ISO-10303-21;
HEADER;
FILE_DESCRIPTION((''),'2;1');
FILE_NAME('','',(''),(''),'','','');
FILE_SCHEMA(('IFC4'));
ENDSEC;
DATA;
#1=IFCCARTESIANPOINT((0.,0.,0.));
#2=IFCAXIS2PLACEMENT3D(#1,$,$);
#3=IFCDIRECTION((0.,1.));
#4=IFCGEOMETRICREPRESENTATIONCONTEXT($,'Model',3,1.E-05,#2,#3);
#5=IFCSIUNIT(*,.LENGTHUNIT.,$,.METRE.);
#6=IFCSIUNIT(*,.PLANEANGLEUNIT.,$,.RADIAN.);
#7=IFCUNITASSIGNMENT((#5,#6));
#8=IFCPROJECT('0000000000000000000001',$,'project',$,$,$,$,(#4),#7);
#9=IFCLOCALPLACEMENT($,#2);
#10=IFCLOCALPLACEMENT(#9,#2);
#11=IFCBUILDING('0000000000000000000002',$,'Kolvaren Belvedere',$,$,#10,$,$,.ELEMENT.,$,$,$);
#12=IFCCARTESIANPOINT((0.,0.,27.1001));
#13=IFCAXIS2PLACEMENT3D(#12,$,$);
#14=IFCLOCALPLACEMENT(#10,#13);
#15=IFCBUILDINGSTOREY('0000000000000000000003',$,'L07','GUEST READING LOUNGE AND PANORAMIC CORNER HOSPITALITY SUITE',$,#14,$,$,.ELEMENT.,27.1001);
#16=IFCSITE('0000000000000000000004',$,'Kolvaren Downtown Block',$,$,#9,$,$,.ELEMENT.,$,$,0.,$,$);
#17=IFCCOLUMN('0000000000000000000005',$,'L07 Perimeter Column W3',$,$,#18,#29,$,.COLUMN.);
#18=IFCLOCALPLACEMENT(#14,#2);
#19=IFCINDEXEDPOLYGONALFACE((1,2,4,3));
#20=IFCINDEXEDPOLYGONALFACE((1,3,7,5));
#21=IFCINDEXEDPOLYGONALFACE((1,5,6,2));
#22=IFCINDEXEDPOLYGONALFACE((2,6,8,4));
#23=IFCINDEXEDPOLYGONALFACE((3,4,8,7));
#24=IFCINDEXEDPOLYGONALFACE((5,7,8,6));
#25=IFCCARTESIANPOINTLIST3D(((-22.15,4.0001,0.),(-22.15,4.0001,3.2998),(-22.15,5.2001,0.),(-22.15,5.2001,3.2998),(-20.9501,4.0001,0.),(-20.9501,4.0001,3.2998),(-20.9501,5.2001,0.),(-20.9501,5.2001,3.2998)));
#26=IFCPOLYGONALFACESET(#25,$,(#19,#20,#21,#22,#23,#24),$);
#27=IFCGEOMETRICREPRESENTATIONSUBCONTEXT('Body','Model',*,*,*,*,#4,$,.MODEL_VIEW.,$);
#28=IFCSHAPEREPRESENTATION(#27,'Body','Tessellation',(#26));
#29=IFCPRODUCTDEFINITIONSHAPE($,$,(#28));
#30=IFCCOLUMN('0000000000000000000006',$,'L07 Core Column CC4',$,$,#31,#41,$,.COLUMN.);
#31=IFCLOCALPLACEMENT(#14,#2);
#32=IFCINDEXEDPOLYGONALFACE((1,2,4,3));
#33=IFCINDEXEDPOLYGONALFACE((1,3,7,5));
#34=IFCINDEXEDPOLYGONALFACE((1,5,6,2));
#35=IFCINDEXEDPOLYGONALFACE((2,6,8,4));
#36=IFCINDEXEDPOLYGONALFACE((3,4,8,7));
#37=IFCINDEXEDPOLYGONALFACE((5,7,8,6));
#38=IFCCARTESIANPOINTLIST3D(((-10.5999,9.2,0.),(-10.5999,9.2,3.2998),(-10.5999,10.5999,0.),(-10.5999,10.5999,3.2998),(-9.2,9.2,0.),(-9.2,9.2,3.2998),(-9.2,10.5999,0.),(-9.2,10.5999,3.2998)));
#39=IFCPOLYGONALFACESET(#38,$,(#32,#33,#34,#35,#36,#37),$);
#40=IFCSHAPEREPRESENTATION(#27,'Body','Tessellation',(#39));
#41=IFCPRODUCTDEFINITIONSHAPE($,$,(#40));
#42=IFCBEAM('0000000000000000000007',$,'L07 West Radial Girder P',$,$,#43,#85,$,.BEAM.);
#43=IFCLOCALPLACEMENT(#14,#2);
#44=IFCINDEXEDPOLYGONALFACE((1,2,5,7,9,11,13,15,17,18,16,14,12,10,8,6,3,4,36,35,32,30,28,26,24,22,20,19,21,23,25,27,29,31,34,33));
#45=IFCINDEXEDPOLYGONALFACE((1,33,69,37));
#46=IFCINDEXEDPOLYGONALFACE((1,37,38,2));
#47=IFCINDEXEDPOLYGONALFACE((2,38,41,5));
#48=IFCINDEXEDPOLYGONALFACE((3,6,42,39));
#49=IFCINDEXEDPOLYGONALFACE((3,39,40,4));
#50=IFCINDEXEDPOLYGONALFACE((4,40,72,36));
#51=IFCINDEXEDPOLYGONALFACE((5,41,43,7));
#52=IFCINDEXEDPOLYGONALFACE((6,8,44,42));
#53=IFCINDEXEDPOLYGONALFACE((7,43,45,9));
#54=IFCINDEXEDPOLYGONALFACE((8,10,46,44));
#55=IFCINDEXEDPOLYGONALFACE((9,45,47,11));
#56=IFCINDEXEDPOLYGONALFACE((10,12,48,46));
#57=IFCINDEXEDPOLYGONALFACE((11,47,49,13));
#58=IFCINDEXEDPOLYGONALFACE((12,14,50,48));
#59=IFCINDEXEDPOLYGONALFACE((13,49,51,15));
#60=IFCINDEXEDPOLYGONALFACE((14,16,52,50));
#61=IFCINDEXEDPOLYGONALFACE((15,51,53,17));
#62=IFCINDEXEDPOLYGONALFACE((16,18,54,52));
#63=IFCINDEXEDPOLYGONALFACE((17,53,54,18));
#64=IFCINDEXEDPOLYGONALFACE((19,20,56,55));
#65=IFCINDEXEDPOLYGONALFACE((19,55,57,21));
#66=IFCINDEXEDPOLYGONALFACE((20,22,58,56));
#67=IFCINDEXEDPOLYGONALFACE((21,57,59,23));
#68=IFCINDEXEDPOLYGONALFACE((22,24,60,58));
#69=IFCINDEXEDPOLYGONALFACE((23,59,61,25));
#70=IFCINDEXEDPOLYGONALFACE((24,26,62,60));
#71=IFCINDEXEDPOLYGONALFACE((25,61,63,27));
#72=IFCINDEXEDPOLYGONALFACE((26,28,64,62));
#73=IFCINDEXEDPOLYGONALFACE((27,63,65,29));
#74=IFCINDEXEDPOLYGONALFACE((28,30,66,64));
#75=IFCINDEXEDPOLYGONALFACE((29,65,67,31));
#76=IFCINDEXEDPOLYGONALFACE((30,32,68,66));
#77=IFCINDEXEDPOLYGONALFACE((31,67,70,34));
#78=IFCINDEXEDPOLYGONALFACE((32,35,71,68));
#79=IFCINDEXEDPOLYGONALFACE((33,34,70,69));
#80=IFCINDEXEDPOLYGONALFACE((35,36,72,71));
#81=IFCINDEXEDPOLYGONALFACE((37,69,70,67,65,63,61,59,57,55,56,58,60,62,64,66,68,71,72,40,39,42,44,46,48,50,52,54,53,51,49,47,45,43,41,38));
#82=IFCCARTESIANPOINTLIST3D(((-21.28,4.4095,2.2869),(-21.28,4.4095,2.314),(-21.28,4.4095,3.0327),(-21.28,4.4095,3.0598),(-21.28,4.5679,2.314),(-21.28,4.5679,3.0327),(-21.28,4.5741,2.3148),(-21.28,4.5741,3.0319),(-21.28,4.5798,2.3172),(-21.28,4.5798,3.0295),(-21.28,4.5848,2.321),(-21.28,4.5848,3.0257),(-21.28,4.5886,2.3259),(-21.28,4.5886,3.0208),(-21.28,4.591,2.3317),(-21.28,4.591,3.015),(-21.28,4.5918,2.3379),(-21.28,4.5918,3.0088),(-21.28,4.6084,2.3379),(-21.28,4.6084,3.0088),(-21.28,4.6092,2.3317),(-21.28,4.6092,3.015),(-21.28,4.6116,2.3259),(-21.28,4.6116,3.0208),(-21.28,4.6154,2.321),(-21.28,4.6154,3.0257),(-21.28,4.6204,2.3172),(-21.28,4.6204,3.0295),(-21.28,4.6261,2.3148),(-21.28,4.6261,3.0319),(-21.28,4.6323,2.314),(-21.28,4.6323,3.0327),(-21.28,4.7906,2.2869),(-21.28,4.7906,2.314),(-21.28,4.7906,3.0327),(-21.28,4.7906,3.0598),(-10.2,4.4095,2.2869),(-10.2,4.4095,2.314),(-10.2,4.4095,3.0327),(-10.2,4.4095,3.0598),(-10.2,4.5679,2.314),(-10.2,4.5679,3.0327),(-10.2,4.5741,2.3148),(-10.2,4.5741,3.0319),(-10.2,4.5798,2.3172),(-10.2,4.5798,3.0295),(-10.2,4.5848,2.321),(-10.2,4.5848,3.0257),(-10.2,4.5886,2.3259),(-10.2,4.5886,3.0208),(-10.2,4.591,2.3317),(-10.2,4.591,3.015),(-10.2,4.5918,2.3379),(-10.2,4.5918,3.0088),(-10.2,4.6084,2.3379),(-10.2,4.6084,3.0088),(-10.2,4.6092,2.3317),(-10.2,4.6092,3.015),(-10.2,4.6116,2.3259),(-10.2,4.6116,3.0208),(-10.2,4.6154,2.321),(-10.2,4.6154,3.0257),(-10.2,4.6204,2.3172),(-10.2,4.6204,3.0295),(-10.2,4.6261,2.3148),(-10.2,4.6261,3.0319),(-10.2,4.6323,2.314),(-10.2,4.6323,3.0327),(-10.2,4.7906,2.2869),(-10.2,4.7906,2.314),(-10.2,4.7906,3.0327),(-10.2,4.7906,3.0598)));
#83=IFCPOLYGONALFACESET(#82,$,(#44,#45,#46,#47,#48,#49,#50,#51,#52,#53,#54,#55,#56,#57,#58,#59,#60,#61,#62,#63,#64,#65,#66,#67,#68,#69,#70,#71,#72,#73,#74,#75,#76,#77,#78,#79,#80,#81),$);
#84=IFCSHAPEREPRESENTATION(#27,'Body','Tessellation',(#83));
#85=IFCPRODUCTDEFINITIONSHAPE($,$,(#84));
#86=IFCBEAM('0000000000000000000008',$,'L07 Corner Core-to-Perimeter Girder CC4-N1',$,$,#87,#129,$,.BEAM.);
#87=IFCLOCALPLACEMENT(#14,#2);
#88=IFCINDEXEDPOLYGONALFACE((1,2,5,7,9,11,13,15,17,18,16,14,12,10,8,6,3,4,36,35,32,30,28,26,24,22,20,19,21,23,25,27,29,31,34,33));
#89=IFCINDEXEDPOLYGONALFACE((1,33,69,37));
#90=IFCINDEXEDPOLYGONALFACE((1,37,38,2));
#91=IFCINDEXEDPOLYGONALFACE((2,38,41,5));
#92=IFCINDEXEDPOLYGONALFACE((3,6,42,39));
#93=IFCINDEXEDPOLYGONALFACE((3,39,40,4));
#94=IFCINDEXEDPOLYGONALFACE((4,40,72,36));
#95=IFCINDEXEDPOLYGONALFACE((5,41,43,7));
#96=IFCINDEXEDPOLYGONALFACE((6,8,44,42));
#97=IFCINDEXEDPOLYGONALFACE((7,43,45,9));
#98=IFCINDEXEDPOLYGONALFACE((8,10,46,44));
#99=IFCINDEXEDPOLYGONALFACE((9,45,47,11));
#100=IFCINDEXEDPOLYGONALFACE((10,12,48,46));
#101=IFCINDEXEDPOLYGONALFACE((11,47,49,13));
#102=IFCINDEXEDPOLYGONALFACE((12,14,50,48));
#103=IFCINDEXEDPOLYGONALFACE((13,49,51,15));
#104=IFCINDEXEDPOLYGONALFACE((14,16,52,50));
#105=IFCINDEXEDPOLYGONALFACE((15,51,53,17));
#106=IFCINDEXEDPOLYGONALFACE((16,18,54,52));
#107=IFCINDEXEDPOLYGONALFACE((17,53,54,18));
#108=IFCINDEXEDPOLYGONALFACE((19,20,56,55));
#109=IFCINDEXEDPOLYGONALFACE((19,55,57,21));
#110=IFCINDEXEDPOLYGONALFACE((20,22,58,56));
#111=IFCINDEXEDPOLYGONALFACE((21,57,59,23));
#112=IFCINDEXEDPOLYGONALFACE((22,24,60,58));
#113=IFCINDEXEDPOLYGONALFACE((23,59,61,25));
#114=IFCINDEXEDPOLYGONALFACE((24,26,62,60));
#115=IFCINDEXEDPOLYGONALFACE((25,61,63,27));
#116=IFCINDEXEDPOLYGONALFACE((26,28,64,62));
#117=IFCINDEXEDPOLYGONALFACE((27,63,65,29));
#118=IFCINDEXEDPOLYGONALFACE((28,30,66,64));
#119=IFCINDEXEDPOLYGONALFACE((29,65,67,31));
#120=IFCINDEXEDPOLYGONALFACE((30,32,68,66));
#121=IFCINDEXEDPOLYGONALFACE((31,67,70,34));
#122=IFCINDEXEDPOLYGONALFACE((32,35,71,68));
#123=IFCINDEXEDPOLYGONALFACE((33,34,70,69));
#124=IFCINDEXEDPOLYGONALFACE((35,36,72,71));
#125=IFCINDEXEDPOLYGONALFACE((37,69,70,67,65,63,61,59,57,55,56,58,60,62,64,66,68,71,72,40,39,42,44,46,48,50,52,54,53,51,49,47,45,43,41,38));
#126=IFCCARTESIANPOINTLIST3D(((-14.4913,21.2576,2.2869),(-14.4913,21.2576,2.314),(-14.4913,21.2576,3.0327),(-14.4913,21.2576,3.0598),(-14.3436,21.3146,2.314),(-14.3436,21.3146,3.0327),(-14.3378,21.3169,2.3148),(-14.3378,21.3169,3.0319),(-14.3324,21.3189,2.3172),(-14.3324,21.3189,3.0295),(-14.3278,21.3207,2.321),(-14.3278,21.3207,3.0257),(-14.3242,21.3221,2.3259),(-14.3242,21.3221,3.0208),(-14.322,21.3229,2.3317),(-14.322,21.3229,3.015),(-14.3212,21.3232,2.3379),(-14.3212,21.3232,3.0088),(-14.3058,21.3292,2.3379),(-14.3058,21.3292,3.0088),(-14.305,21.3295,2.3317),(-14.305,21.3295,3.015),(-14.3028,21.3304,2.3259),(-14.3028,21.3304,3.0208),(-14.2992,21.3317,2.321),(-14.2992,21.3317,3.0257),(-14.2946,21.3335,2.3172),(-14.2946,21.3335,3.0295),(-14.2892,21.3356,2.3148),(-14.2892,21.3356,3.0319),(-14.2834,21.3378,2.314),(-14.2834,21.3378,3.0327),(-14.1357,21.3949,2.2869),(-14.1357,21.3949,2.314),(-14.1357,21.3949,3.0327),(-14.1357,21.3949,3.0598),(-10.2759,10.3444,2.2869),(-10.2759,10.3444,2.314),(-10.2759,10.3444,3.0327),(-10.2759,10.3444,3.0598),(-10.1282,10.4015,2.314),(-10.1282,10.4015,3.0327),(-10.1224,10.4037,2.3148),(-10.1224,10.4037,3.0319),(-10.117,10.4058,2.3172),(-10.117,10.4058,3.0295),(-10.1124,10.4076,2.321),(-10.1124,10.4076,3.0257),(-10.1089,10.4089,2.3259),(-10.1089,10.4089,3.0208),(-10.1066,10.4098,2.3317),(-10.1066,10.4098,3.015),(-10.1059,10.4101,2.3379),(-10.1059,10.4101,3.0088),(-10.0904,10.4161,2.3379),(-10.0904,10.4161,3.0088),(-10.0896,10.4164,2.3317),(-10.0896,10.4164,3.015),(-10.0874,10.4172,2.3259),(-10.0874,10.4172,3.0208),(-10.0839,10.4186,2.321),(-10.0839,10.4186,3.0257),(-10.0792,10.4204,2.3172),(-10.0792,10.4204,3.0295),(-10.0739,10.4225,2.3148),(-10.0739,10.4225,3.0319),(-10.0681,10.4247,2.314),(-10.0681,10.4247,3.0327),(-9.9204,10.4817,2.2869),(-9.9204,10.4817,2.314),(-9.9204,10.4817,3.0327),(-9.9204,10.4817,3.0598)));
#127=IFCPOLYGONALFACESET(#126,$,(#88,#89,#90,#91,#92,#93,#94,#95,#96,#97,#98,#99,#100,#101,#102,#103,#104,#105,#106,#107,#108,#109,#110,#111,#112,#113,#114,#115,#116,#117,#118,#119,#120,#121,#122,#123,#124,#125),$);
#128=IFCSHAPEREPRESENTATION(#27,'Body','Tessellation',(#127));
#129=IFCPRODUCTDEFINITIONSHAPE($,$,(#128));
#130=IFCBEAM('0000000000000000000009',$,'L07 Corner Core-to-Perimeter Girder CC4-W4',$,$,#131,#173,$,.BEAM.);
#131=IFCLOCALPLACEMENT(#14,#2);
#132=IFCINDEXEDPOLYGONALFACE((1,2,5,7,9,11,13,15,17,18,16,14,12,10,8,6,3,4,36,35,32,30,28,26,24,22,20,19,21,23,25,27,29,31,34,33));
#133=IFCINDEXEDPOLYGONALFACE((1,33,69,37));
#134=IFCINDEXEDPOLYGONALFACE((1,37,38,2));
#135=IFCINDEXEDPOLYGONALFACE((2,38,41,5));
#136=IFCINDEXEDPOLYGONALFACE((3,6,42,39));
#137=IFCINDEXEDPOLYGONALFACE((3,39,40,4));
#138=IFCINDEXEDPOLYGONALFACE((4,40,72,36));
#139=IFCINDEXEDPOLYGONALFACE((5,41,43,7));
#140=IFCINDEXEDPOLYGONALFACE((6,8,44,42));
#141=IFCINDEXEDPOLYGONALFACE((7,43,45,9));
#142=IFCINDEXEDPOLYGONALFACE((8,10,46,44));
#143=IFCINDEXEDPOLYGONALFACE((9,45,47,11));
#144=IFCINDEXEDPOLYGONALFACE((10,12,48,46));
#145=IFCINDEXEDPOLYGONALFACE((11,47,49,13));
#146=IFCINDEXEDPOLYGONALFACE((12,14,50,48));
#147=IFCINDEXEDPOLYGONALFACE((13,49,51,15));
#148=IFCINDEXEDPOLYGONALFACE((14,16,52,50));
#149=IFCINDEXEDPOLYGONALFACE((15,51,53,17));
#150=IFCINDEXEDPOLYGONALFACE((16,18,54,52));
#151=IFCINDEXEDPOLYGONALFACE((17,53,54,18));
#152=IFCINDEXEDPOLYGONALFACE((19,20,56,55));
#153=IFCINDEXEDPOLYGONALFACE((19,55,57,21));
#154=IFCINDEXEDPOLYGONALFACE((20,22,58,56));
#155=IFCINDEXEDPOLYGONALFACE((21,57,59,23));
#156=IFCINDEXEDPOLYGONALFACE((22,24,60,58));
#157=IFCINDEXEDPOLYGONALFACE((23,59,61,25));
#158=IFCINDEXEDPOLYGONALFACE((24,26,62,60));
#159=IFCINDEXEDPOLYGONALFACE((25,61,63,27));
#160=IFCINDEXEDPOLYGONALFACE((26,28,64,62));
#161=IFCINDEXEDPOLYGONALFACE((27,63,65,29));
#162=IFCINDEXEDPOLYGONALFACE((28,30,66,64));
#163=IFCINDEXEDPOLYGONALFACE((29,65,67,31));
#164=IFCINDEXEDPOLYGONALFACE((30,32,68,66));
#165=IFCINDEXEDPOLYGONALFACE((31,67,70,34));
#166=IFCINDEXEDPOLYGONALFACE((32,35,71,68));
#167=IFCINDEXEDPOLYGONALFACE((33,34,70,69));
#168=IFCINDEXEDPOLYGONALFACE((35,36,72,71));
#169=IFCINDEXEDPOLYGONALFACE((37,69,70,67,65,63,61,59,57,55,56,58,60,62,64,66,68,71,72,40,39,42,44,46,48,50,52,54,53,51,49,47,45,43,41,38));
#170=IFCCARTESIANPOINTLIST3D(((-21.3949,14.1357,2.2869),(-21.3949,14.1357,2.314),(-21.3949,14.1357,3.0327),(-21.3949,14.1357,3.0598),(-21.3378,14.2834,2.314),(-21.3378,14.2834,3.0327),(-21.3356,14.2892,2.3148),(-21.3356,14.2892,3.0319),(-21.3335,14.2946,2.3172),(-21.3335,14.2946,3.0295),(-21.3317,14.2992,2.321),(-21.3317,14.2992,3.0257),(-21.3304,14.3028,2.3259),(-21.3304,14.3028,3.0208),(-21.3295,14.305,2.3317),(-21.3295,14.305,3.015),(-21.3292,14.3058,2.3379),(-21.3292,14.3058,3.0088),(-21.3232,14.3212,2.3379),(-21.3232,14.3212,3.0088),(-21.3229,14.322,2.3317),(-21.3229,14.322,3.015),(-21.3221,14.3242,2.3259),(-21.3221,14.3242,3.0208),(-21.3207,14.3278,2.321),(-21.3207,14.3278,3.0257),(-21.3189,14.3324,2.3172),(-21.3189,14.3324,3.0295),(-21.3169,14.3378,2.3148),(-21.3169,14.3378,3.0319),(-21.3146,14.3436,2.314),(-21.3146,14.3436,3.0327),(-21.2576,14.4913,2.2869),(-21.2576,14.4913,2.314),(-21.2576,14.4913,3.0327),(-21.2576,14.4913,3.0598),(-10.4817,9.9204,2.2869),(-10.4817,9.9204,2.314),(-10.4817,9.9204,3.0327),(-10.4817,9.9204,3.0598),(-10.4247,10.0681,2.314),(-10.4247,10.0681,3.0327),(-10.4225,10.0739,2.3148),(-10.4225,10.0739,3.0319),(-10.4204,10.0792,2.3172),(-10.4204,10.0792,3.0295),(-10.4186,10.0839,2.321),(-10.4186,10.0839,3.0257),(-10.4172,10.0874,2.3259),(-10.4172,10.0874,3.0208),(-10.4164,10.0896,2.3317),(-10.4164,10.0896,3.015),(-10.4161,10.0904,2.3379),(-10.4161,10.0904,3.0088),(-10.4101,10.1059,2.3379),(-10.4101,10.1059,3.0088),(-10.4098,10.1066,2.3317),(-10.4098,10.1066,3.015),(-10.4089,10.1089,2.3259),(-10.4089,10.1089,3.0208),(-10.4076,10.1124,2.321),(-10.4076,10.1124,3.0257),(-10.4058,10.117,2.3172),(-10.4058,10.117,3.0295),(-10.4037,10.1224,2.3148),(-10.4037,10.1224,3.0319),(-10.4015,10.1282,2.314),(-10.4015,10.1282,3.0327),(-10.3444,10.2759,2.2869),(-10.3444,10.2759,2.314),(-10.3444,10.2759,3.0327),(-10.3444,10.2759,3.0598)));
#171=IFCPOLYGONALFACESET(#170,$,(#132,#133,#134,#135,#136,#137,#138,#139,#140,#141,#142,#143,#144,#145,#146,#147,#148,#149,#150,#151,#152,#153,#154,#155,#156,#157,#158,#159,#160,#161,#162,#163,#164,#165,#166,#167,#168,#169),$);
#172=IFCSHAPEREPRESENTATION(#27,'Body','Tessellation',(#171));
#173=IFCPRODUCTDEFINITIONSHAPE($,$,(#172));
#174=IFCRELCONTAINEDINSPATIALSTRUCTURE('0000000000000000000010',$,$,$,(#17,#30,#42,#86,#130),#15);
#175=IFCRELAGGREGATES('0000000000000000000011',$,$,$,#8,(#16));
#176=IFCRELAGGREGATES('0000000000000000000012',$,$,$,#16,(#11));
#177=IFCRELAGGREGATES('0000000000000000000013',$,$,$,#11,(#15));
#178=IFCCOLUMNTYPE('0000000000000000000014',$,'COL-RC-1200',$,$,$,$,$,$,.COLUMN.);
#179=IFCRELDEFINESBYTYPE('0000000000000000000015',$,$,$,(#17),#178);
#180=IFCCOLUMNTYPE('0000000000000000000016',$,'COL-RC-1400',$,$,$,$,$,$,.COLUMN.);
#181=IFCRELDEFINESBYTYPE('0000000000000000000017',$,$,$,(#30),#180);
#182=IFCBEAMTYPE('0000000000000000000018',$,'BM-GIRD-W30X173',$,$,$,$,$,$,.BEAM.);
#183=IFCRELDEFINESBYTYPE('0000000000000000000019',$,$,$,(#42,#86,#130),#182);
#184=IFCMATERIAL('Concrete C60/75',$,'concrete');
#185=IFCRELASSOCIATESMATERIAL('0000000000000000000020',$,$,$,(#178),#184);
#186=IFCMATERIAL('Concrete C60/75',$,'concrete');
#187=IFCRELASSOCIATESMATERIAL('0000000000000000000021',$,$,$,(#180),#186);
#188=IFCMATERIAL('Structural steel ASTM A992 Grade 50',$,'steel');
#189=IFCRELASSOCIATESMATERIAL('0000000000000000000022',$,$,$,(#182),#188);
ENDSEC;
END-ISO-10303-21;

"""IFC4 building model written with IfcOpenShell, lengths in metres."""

from ifc_helpers import new_model, si_unit, direction, frame, origin, origin_2d, place, context, subcontext, project, spatial, rectangle, i_section, extrude, material, material_profile, profile_set, type_object, element, save


model = new_model("IFC4")

# Units and contexts
model_context = context("Model", 3, precision=1e-05, world=origin(), true_north=direction((0.0, 1.0)))
body_context = subcontext(model_context, "Body", "Model", "MODEL_VIEW")
ifc_project = project(units=[si_unit("LENGTHUNIT", "METRE"), si_unit("PLANEANGLEUNIT", "RADIAN")], contexts=[model_context])

# Site, building, storey
site_placement = place(None, origin())
site = spatial("IfcSite", under=ifc_project, at=site_placement, Name="Kolvaren Downtown Block", CompositionType="ELEMENT", RefElevation=0.0)
building_placement = place(site_placement, origin())
building = spatial("IfcBuilding", under=site, at=building_placement, Name="Kolvaren Belvedere", CompositionType="ELEMENT")
storey_placement = place(building_placement, frame((0.0, 0.0, 27.1001)))
storey = spatial("IfcBuildingStorey", under=building, at=storey_placement, Name="L07", Description="GUEST READING LOUNGE AND PANORAMIC CORNER HOSPITALITY SUITE", CompositionType="ELEMENT", Elevation=27.1001)

# Columns
ifc_material_1 = material(Name="Concrete C60/75", Category="concrete")
ifc_material_profile_1 = material_profile(ifc_material_1, rectangle(XDim=1.2, YDim=1.2, at=origin_2d()), Name="RC 1200X1200")
ifc_profile_set_1 = profile_set([ifc_material_profile_1], Name="Concrete C60/75")
column_type_1 = type_object("IfcColumnType", Name="COL-RC-1200", PredefinedType="COLUMN", material=ifc_profile_set_1)
column_1_placement = place(storey_placement, frame((-21.55, 4.6001, 0.0), z_axis=(0.0, 0.0, 1.0), x_axis=(1.0, 0.0, 0.0)))
element("IfcColumn", 1, at=column_1_placement, inside=storey, type_object=column_type_1, Name="L07 Perimeter Column W3", PredefinedType="COLUMN", context=body_context, shape_type="SweptSolid", body=[
    extrude(rectangle(XDim=1.2, YDim=1.2, at=origin_2d()), origin(), (0.0, 0.0, 1.0), 3.2998),
])
ifc_material_2 = material(Name="Concrete C60/75", Category="concrete")
ifc_material_profile_2 = material_profile(ifc_material_2, rectangle(XDim=1.3999, YDim=1.3999, at=origin_2d()), Name="RC 1400X1400")
ifc_profile_set_2 = profile_set([ifc_material_profile_2], Name="Concrete C60/75")
column_type_2 = type_object("IfcColumnType", Name="COL-RC-1400", PredefinedType="COLUMN", material=ifc_profile_set_2)
column_2_placement = place(storey_placement, frame((-9.8999, 9.8999, 0.0), z_axis=(0.0, 0.0, 1.0), x_axis=(1.0, 0.0, 0.0)))
element("IfcColumn", 2, at=column_2_placement, inside=storey, type_object=column_type_2, Name="L07 Core Column CC4", PredefinedType="COLUMN", context=body_context, shape_type="SweptSolid", body=[
    extrude(rectangle(XDim=1.3999, YDim=1.3999, at=origin_2d()), origin(), (0.0, 0.0, 1.0), 3.2998),
])

# Beams
ifc_material_3 = material(Name="Structural steel ASTM A992 Grade 50", Category="steel")
ifc_material_profile_3 = material_profile(ifc_material_3, i_section(OverallWidth=0.3811, OverallDepth=0.7729, WebThickness=0.0166, FlangeThickness=0.0271, FilletRadius=0.0239, at=origin_2d()), Name="W30X173")
ifc_profile_set_3 = profile_set([ifc_material_profile_3], Name="Structural steel ASTM A992 Grade 50")
beam_type_1 = type_object("IfcBeamType", Name="BM-GIRD-W30X173", PredefinedType="BEAM", material=ifc_profile_set_3)
beam_1_placement = place(storey_placement, frame((-10.2, 4.6001, 2.6733), z_axis=(-1.0, 0.0, 0.0), x_axis=(0.0, -1.0, 0.0)))
element("IfcBeam", 3, at=beam_1_placement, inside=storey, type_object=beam_type_1, Name="L07 West Radial Girder P", PredefinedType="BEAM", context=body_context, shape_type="SweptSolid", body=[
    extrude(i_section(OverallWidth=0.3811, OverallDepth=0.7729, WebThickness=0.0166, FlangeThickness=0.0271, FilletRadius=0.0239, at=origin_2d()), origin(), (0.0, 0.0, 1.0), 11.0801),
])
for number, where, z_axis, x_axis, name in (
    (4, (-10.0981, 10.4131, 2.6733), (-0.360318, 0.932829, 0.0), (-0.932829, -0.360318, 0.0), "L07 Corner Core-to-Perimeter Girder CC4-N1"),
    (5, (-10.4131, 10.0981, 2.6733), (-0.932829, 0.360318, 0.0), (-0.360318, -0.932829, 0.0), "L07 Corner Core-to-Perimeter Girder CC4-W4"),
):
    element("IfcBeam", number, at=place(storey_placement, frame(where, z_axis=z_axis, x_axis=x_axis)), inside=storey, type_object=beam_type_1, Name=name, PredefinedType="BEAM", context=body_context, shape_type="SweptSolid", body=[
        extrude(i_section(OverallWidth=0.3811, OverallDepth=0.7729, WebThickness=0.0166, FlangeThickness=0.0271, FilletRadius=0.0239, at=origin_2d()), origin(), (0.0, 0.0, 1.0), 11.699),
    ])

save(model, "model.ifc")
